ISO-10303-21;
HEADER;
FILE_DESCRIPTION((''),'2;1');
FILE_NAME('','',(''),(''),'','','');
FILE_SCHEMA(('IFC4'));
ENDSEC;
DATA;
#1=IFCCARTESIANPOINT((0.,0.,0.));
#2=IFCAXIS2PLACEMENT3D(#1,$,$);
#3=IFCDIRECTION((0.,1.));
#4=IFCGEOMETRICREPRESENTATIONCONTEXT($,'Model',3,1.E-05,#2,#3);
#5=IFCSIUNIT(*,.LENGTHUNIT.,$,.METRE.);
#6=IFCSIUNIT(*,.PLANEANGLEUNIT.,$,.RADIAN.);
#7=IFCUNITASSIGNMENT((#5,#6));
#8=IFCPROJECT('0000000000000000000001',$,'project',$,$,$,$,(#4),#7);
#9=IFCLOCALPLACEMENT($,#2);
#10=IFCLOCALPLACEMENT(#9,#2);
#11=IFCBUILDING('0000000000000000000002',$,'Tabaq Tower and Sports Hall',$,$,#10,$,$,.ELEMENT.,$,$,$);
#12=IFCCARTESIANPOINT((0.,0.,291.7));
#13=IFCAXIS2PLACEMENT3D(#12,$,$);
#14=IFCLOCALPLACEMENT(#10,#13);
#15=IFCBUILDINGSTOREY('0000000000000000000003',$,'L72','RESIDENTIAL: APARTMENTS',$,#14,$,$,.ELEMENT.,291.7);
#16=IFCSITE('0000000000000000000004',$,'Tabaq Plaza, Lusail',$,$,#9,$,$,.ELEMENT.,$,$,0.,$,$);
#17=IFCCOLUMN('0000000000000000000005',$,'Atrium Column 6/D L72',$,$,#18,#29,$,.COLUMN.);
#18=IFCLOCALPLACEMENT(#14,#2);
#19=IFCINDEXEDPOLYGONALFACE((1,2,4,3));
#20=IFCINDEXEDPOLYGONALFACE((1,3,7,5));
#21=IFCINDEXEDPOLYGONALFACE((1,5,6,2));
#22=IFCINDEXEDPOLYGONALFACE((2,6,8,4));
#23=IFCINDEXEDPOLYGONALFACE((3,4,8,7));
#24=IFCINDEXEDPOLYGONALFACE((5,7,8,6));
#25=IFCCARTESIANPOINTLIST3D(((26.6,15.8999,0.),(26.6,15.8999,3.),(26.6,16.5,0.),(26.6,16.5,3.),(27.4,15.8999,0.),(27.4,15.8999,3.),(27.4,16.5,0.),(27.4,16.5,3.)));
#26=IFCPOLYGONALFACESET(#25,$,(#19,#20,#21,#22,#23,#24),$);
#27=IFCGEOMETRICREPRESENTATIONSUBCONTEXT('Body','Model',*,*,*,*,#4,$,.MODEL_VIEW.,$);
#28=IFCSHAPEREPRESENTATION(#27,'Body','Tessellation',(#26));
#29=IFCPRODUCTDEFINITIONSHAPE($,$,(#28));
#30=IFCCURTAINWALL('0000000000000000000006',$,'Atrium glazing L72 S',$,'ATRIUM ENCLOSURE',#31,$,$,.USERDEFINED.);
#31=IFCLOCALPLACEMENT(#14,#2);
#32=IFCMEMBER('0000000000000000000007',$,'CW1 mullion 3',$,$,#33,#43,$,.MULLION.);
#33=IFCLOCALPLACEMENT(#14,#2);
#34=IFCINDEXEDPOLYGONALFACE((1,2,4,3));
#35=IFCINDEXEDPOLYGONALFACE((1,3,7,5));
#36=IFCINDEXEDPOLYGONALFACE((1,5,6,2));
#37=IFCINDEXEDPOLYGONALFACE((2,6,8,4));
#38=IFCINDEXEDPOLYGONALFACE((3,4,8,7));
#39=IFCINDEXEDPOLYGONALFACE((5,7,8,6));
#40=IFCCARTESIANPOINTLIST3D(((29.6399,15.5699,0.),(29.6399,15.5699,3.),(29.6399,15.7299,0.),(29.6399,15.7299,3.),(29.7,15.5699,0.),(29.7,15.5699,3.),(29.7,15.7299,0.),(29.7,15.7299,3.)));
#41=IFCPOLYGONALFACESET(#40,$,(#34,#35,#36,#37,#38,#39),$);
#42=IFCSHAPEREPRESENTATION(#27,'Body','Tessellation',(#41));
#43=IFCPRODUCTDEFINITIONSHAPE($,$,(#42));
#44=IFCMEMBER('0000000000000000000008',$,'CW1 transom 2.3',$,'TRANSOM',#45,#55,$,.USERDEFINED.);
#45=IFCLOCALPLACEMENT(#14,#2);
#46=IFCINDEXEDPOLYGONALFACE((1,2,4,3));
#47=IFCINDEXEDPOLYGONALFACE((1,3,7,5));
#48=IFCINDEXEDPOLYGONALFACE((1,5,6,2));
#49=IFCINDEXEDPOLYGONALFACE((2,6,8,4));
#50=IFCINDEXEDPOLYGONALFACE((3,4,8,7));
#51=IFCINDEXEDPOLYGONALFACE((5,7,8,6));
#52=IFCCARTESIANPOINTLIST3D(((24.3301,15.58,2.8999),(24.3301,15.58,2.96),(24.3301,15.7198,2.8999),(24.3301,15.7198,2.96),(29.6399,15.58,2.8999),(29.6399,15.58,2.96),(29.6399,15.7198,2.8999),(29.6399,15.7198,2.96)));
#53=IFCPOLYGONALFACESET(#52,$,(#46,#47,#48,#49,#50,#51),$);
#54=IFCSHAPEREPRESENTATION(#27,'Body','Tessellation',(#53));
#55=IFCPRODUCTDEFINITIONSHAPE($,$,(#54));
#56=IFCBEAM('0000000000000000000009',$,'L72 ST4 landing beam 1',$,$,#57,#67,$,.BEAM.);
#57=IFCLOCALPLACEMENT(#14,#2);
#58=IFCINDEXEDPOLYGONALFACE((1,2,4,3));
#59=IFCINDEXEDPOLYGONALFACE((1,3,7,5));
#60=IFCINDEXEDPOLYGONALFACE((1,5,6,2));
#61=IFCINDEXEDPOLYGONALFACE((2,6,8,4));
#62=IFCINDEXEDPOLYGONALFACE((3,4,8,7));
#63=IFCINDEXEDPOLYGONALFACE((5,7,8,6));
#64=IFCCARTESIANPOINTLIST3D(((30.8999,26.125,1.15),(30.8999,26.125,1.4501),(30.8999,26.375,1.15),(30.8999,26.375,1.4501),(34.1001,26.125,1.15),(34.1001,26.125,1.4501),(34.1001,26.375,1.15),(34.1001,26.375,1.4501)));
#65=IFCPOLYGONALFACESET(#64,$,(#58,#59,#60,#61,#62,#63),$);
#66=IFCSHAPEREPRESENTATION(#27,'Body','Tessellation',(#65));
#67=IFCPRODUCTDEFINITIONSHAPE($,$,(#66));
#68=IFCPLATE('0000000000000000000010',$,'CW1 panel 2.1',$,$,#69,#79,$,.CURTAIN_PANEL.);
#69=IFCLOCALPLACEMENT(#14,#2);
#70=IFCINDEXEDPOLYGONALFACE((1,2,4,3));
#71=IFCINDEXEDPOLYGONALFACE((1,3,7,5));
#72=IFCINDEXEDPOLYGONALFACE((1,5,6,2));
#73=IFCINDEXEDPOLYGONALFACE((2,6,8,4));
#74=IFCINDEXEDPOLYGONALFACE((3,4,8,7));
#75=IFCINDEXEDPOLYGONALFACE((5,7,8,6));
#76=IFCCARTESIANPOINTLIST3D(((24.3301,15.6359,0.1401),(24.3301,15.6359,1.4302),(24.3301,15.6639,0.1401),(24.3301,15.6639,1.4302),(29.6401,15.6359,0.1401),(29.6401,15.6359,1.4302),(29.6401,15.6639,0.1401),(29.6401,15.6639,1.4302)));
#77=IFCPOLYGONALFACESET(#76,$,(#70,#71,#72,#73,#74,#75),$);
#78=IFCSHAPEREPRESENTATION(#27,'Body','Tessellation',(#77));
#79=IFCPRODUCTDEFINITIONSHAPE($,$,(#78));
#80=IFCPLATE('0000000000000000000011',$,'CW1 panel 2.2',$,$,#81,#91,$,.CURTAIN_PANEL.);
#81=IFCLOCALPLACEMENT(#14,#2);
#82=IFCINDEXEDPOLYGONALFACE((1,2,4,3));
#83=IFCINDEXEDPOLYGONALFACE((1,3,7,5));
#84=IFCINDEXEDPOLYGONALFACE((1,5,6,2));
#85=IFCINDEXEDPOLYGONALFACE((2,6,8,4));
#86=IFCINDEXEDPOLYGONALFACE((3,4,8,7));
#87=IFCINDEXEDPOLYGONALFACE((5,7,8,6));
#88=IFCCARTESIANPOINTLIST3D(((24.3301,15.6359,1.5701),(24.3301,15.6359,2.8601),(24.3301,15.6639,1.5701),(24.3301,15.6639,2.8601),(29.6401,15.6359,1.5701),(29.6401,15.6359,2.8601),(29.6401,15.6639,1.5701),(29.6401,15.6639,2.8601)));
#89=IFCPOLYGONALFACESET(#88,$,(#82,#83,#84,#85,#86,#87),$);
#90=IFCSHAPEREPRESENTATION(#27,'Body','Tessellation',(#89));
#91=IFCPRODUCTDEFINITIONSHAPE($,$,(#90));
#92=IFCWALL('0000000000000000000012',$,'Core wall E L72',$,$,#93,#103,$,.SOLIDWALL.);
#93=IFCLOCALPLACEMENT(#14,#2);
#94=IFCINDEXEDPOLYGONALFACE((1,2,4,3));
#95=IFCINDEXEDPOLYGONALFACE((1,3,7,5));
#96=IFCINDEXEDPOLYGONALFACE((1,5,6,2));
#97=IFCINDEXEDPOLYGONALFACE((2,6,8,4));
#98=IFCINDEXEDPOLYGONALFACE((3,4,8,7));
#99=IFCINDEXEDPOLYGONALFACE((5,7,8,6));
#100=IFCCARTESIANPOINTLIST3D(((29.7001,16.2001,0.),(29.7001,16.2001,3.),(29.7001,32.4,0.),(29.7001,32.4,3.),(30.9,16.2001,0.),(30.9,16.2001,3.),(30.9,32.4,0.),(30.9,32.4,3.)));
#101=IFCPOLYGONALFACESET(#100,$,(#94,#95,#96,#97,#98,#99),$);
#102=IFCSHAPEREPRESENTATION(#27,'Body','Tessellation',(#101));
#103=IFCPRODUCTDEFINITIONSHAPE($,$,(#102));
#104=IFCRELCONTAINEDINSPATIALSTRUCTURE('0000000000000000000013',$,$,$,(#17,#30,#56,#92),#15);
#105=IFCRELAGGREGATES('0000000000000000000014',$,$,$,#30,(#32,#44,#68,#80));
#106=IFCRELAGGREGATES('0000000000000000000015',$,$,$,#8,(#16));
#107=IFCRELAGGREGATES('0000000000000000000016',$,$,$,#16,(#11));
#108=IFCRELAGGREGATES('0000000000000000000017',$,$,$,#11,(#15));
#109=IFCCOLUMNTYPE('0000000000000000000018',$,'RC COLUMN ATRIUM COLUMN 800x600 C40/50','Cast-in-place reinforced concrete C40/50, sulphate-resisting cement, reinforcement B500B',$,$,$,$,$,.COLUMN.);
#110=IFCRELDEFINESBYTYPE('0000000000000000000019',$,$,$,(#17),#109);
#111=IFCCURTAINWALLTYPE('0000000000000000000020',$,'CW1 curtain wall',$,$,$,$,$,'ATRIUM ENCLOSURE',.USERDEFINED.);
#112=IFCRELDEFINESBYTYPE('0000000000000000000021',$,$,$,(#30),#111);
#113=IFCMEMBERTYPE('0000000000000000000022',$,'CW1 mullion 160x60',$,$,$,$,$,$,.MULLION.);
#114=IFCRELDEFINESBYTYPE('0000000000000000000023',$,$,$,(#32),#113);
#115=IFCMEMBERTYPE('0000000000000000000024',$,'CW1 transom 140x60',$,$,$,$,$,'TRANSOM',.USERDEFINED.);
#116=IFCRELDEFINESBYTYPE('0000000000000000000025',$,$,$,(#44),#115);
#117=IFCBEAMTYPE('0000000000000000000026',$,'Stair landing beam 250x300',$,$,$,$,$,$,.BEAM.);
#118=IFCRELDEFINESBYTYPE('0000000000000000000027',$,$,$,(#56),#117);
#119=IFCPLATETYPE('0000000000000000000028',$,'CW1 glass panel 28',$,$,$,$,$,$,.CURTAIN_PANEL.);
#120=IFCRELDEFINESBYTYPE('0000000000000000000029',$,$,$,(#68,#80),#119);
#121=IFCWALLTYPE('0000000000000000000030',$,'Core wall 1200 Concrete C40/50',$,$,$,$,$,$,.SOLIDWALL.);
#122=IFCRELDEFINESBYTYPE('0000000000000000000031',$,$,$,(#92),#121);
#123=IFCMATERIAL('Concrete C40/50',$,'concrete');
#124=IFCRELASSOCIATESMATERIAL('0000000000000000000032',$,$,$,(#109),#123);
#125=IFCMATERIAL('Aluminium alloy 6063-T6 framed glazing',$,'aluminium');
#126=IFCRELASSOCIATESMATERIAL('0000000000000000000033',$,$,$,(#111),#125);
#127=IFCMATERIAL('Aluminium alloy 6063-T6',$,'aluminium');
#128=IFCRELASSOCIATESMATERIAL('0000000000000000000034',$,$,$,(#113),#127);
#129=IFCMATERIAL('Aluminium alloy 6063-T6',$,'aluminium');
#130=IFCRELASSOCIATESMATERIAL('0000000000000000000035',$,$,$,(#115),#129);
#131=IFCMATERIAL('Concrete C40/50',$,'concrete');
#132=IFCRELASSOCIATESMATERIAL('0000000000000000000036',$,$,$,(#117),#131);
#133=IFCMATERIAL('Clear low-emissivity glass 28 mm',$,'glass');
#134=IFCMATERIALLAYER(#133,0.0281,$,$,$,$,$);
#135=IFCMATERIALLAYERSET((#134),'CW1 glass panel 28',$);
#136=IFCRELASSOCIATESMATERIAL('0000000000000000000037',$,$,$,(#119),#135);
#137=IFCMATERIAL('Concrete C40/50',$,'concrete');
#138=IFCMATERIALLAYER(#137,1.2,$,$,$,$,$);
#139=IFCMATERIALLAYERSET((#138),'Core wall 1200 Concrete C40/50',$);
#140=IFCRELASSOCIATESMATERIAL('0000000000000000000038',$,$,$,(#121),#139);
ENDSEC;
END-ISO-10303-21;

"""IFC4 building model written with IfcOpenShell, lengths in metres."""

from ifc_helpers import new_model, si_unit, direction, frame, frame_2d, origin, origin_2d, place, context, subcontext, project, spatial, rectangle, extrude, material, layer, layer_set, material_profile, profile_set, type_object, element, aggregate, save


model = new_model("IFC4")

# Units and contexts
model_context = context("Model", 3, precision=1e-05, world=origin(), true_north=direction((0.0, 1.0)))
body_context = subcontext(model_context, "Body", "Model", "MODEL_VIEW")
ifc_project = project(units=[si_unit("LENGTHUNIT", "METRE"), si_unit("PLANEANGLEUNIT", "RADIAN")], contexts=[model_context])

# Site, building, storey
site_placement = place(None, origin())
site = spatial("IfcSite", under=ifc_project, at=site_placement, Name="Tabaq Plaza, Lusail", CompositionType="ELEMENT", RefElevation=0.0)
building_placement = place(site_placement, origin())
building = spatial("IfcBuilding", under=site, at=building_placement, Name="Tabaq Tower and Sports Hall", CompositionType="ELEMENT")
storey_placement = place(building_placement, frame((0.0, 0.0, 291.7)))
storey = spatial("IfcBuildingStorey", under=building, at=storey_placement, Name="L72", Description="RESIDENTIAL: APARTMENTS", CompositionType="ELEMENT", Elevation=291.7)

# Column
ifc_material_1 = material(Name="Concrete C40/50", Category="concrete")
ifc_material_profile_1 = material_profile(ifc_material_1, rectangle(XDim=0.8, YDim=0.6001, at=origin_2d()), Name="ATRIUM COLUMN 800x600")
ifc_profile_set_1 = profile_set([ifc_material_profile_1], Name="Concrete C40/50")
column_type = type_object("IfcColumnType", Name="RC COLUMN ATRIUM COLUMN 800x600 C40/50", Description="Cast-in-place reinforced concrete C40/50, sulphate-resisting cement, reinforcement B500B", PredefinedType="COLUMN", material=ifc_profile_set_1)
column_placement = place(storey_placement, frame((27.0, 16.2, 0.0), z_axis=(0.0, 0.0, 1.0), x_axis=(1.0, 0.0, 0.0)))
element("IfcColumn", 1, at=column_placement, inside=storey, type_object=column_type, Name="Atrium Column 6/D L72", PredefinedType="COLUMN", context=body_context, shape_type="SweptSolid", body=[
    extrude(rectangle(XDim=0.8, YDim=0.6001, at=origin_2d()), origin(), (0.0, 0.0, 1.0), 3.0),
])

# Curtain wall, members
ifc_material_2 = material(Name="Aluminium alloy 6063-T6 framed glazing", Category="aluminium")
curtain_wall_type = type_object("IfcCurtainWallType", Name="CW1 curtain wall", ElementType="ATRIUM ENCLOSURE", PredefinedType="USERDEFINED", material=ifc_material_2)
curtain_wall_placement = place(storey_placement, origin())
curtain_wall = element("IfcCurtainWall", 2, at=curtain_wall_placement, inside=storey, type_object=curtain_wall_type, Name="Atrium glazing L72 S", ObjectType="ATRIUM ENCLOSURE", PredefinedType="USERDEFINED")
ifc_material_3 = material(Name="Aluminium alloy 6063-T6", Category="aluminium")
ifc_material_profile_2 = material_profile(ifc_material_3, rectangle(XDim=0.1599, YDim=0.0601, at=origin_2d()), Name="MULLION 160x60")
ifc_profile_set_2 = profile_set([ifc_material_profile_2], Name="Aluminium alloy 6063-T6")
member_type_1 = type_object("IfcMemberType", Name="CW1 mullion 160x60", PredefinedType="MULLION", material=ifc_profile_set_2)
member_1_placement = place(storey_placement, frame((29.6699, 15.6499, 0.0), z_axis=(0.0, 0.0, 1.0), x_axis=(0.0, 1.0, 0.0)))
member_1 = element("IfcMember", 3, at=member_1_placement, type_object=member_type_1, Name="CW1 mullion 3", PredefinedType="MULLION", context=body_context, shape_type="SweptSolid", body=[
    extrude(rectangle(XDim=0.1599, YDim=0.0601, at=origin_2d()), origin(), (0.0, 0.0, 1.0), 3.0),
])
ifc_material_4 = material(Name="Aluminium alloy 6063-T6", Category="aluminium")
ifc_material_profile_3 = material_profile(ifc_material_4, rectangle(XDim=0.1399, YDim=0.0601, at=origin_2d()), Name="TRANSOM 140x60")
ifc_profile_set_3 = profile_set([ifc_material_profile_3], Name="Aluminium alloy 6063-T6")
member_type_2 = type_object("IfcMemberType", Name="CW1 transom 140x60", ElementType="TRANSOM", PredefinedType="USERDEFINED", material=ifc_profile_set_3)
member_2_placement = place(storey_placement, frame((24.3301, 15.6499, 2.9299), z_axis=(1.0, 0.0, 0.0), x_axis=(0.0, 1.0, 0.0)))
member_2 = element("IfcMember", 4, at=member_2_placement, type_object=member_type_2, Name="CW1 transom 2.3", ObjectType="TRANSOM", PredefinedType="USERDEFINED", context=body_context, shape_type="SweptSolid", body=[
    extrude(rectangle(XDim=0.1399, YDim=0.0601, at=origin_2d()), origin(), (0.0, 0.0, 1.0), 5.3098),
])

# Beam
ifc_material_5 = material(Name="Concrete C40/50", Category="concrete")
ifc_material_profile_4 = material_profile(ifc_material_5, rectangle(XDim=0.25, YDim=0.3, at=origin_2d()), Name="RC 250x300")
ifc_profile_set_4 = profile_set([ifc_material_profile_4], Name="Concrete C40/50")
beam_type = type_object("IfcBeamType", Name="Stair landing beam 250x300", PredefinedType="BEAM", material=ifc_profile_set_4)
beam_placement = place(storey_placement, frame((30.8999, 26.25, 1.3), z_axis=(1.0, 0.0, 0.0), x_axis=(0.0, 1.0, 0.0)))
element("IfcBeam", 5, at=beam_placement, inside=storey, type_object=beam_type, Name="L72 ST4 landing beam 1", PredefinedType="BEAM", context=body_context, shape_type="SweptSolid", body=[
    extrude(rectangle(XDim=0.25, YDim=0.3, at=origin_2d()), origin(), (0.0, 0.0, 1.0), 3.2002),
])

# Plates
ifc_material_6 = material(Name="Clear low-emissivity glass 28 mm", Category="glass")
ifc_layer_1 = layer(ifc_material_6, 0.0281)
ifc_layer_set_1 = layer_set([ifc_layer_1], Name="CW1 glass panel 28")
plate_type = type_object("IfcPlateType", Name="CW1 glass panel 28", PredefinedType="CURTAIN_PANEL", material=ifc_layer_set_1)
plate_1_placement = place(storey_placement, frame((26.9851, 15.6499, 0.1401), z_axis=(0.0, 0.0, 1.0), x_axis=(1.0, 0.0, 0.0)))
plate_1 = element("IfcPlate", 6, at=plate_1_placement, type_object=plate_type, Name="CW1 panel 2.1", PredefinedType="CURTAIN_PANEL", context=body_context, shape_type="SweptSolid", body=[
    extrude(rectangle(XDim=5.3101, YDim=0.0281, at=origin_2d()), origin(), (0.0, 0.0, 1.0), 1.29),
])
plate_2_placement = place(storey_placement, frame((26.9851, 15.6499, 1.5701), z_axis=(0.0, 0.0, 1.0), x_axis=(1.0, 0.0, 0.0)))
plate_2 = element("IfcPlate", 7, at=plate_2_placement, type_object=plate_type, Name="CW1 panel 2.2", PredefinedType="CURTAIN_PANEL", context=body_context, shape_type="SweptSolid", body=[
    extrude(rectangle(XDim=5.3101, YDim=0.0281, at=origin_2d()), origin(), (0.0, 0.0, 1.0), 1.29),
])
aggregate(curtain_wall, [member_1, member_2, plate_1, plate_2])

# Wall
ifc_material_7 = material(Name="Concrete C40/50", Category="concrete")
ifc_layer_2 = layer(ifc_material_7, 1.2)
ifc_layer_set_2 = layer_set([ifc_layer_2], Name="Core wall 1200 Concrete C40/50")
wall_type_1 = type_object("IfcWallType", Name="Core wall 1200 Concrete C40/50", PredefinedType="SOLIDWALL", material=ifc_layer_set_2)
wall_1_placement = place(storey_placement, frame((30.3, 16.2, 0.0), z_axis=(0.0, 0.0, 1.0), x_axis=(0.0, 1.0, 0.0)))
element("IfcWall", 8, at=wall_1_placement, inside=storey, type_object=wall_type_1, Name="Core wall E L72", PredefinedType="SOLIDWALL", context=body_context, shape_type="SweptSolid", body=[
    extrude(rectangle(XDim=16.2, YDim=1.2, at=frame_2d((8.1001, 0.0))), origin(), (0.0, 0.0, 1.0), 3.0),
])

save(model, "model.ifc")
